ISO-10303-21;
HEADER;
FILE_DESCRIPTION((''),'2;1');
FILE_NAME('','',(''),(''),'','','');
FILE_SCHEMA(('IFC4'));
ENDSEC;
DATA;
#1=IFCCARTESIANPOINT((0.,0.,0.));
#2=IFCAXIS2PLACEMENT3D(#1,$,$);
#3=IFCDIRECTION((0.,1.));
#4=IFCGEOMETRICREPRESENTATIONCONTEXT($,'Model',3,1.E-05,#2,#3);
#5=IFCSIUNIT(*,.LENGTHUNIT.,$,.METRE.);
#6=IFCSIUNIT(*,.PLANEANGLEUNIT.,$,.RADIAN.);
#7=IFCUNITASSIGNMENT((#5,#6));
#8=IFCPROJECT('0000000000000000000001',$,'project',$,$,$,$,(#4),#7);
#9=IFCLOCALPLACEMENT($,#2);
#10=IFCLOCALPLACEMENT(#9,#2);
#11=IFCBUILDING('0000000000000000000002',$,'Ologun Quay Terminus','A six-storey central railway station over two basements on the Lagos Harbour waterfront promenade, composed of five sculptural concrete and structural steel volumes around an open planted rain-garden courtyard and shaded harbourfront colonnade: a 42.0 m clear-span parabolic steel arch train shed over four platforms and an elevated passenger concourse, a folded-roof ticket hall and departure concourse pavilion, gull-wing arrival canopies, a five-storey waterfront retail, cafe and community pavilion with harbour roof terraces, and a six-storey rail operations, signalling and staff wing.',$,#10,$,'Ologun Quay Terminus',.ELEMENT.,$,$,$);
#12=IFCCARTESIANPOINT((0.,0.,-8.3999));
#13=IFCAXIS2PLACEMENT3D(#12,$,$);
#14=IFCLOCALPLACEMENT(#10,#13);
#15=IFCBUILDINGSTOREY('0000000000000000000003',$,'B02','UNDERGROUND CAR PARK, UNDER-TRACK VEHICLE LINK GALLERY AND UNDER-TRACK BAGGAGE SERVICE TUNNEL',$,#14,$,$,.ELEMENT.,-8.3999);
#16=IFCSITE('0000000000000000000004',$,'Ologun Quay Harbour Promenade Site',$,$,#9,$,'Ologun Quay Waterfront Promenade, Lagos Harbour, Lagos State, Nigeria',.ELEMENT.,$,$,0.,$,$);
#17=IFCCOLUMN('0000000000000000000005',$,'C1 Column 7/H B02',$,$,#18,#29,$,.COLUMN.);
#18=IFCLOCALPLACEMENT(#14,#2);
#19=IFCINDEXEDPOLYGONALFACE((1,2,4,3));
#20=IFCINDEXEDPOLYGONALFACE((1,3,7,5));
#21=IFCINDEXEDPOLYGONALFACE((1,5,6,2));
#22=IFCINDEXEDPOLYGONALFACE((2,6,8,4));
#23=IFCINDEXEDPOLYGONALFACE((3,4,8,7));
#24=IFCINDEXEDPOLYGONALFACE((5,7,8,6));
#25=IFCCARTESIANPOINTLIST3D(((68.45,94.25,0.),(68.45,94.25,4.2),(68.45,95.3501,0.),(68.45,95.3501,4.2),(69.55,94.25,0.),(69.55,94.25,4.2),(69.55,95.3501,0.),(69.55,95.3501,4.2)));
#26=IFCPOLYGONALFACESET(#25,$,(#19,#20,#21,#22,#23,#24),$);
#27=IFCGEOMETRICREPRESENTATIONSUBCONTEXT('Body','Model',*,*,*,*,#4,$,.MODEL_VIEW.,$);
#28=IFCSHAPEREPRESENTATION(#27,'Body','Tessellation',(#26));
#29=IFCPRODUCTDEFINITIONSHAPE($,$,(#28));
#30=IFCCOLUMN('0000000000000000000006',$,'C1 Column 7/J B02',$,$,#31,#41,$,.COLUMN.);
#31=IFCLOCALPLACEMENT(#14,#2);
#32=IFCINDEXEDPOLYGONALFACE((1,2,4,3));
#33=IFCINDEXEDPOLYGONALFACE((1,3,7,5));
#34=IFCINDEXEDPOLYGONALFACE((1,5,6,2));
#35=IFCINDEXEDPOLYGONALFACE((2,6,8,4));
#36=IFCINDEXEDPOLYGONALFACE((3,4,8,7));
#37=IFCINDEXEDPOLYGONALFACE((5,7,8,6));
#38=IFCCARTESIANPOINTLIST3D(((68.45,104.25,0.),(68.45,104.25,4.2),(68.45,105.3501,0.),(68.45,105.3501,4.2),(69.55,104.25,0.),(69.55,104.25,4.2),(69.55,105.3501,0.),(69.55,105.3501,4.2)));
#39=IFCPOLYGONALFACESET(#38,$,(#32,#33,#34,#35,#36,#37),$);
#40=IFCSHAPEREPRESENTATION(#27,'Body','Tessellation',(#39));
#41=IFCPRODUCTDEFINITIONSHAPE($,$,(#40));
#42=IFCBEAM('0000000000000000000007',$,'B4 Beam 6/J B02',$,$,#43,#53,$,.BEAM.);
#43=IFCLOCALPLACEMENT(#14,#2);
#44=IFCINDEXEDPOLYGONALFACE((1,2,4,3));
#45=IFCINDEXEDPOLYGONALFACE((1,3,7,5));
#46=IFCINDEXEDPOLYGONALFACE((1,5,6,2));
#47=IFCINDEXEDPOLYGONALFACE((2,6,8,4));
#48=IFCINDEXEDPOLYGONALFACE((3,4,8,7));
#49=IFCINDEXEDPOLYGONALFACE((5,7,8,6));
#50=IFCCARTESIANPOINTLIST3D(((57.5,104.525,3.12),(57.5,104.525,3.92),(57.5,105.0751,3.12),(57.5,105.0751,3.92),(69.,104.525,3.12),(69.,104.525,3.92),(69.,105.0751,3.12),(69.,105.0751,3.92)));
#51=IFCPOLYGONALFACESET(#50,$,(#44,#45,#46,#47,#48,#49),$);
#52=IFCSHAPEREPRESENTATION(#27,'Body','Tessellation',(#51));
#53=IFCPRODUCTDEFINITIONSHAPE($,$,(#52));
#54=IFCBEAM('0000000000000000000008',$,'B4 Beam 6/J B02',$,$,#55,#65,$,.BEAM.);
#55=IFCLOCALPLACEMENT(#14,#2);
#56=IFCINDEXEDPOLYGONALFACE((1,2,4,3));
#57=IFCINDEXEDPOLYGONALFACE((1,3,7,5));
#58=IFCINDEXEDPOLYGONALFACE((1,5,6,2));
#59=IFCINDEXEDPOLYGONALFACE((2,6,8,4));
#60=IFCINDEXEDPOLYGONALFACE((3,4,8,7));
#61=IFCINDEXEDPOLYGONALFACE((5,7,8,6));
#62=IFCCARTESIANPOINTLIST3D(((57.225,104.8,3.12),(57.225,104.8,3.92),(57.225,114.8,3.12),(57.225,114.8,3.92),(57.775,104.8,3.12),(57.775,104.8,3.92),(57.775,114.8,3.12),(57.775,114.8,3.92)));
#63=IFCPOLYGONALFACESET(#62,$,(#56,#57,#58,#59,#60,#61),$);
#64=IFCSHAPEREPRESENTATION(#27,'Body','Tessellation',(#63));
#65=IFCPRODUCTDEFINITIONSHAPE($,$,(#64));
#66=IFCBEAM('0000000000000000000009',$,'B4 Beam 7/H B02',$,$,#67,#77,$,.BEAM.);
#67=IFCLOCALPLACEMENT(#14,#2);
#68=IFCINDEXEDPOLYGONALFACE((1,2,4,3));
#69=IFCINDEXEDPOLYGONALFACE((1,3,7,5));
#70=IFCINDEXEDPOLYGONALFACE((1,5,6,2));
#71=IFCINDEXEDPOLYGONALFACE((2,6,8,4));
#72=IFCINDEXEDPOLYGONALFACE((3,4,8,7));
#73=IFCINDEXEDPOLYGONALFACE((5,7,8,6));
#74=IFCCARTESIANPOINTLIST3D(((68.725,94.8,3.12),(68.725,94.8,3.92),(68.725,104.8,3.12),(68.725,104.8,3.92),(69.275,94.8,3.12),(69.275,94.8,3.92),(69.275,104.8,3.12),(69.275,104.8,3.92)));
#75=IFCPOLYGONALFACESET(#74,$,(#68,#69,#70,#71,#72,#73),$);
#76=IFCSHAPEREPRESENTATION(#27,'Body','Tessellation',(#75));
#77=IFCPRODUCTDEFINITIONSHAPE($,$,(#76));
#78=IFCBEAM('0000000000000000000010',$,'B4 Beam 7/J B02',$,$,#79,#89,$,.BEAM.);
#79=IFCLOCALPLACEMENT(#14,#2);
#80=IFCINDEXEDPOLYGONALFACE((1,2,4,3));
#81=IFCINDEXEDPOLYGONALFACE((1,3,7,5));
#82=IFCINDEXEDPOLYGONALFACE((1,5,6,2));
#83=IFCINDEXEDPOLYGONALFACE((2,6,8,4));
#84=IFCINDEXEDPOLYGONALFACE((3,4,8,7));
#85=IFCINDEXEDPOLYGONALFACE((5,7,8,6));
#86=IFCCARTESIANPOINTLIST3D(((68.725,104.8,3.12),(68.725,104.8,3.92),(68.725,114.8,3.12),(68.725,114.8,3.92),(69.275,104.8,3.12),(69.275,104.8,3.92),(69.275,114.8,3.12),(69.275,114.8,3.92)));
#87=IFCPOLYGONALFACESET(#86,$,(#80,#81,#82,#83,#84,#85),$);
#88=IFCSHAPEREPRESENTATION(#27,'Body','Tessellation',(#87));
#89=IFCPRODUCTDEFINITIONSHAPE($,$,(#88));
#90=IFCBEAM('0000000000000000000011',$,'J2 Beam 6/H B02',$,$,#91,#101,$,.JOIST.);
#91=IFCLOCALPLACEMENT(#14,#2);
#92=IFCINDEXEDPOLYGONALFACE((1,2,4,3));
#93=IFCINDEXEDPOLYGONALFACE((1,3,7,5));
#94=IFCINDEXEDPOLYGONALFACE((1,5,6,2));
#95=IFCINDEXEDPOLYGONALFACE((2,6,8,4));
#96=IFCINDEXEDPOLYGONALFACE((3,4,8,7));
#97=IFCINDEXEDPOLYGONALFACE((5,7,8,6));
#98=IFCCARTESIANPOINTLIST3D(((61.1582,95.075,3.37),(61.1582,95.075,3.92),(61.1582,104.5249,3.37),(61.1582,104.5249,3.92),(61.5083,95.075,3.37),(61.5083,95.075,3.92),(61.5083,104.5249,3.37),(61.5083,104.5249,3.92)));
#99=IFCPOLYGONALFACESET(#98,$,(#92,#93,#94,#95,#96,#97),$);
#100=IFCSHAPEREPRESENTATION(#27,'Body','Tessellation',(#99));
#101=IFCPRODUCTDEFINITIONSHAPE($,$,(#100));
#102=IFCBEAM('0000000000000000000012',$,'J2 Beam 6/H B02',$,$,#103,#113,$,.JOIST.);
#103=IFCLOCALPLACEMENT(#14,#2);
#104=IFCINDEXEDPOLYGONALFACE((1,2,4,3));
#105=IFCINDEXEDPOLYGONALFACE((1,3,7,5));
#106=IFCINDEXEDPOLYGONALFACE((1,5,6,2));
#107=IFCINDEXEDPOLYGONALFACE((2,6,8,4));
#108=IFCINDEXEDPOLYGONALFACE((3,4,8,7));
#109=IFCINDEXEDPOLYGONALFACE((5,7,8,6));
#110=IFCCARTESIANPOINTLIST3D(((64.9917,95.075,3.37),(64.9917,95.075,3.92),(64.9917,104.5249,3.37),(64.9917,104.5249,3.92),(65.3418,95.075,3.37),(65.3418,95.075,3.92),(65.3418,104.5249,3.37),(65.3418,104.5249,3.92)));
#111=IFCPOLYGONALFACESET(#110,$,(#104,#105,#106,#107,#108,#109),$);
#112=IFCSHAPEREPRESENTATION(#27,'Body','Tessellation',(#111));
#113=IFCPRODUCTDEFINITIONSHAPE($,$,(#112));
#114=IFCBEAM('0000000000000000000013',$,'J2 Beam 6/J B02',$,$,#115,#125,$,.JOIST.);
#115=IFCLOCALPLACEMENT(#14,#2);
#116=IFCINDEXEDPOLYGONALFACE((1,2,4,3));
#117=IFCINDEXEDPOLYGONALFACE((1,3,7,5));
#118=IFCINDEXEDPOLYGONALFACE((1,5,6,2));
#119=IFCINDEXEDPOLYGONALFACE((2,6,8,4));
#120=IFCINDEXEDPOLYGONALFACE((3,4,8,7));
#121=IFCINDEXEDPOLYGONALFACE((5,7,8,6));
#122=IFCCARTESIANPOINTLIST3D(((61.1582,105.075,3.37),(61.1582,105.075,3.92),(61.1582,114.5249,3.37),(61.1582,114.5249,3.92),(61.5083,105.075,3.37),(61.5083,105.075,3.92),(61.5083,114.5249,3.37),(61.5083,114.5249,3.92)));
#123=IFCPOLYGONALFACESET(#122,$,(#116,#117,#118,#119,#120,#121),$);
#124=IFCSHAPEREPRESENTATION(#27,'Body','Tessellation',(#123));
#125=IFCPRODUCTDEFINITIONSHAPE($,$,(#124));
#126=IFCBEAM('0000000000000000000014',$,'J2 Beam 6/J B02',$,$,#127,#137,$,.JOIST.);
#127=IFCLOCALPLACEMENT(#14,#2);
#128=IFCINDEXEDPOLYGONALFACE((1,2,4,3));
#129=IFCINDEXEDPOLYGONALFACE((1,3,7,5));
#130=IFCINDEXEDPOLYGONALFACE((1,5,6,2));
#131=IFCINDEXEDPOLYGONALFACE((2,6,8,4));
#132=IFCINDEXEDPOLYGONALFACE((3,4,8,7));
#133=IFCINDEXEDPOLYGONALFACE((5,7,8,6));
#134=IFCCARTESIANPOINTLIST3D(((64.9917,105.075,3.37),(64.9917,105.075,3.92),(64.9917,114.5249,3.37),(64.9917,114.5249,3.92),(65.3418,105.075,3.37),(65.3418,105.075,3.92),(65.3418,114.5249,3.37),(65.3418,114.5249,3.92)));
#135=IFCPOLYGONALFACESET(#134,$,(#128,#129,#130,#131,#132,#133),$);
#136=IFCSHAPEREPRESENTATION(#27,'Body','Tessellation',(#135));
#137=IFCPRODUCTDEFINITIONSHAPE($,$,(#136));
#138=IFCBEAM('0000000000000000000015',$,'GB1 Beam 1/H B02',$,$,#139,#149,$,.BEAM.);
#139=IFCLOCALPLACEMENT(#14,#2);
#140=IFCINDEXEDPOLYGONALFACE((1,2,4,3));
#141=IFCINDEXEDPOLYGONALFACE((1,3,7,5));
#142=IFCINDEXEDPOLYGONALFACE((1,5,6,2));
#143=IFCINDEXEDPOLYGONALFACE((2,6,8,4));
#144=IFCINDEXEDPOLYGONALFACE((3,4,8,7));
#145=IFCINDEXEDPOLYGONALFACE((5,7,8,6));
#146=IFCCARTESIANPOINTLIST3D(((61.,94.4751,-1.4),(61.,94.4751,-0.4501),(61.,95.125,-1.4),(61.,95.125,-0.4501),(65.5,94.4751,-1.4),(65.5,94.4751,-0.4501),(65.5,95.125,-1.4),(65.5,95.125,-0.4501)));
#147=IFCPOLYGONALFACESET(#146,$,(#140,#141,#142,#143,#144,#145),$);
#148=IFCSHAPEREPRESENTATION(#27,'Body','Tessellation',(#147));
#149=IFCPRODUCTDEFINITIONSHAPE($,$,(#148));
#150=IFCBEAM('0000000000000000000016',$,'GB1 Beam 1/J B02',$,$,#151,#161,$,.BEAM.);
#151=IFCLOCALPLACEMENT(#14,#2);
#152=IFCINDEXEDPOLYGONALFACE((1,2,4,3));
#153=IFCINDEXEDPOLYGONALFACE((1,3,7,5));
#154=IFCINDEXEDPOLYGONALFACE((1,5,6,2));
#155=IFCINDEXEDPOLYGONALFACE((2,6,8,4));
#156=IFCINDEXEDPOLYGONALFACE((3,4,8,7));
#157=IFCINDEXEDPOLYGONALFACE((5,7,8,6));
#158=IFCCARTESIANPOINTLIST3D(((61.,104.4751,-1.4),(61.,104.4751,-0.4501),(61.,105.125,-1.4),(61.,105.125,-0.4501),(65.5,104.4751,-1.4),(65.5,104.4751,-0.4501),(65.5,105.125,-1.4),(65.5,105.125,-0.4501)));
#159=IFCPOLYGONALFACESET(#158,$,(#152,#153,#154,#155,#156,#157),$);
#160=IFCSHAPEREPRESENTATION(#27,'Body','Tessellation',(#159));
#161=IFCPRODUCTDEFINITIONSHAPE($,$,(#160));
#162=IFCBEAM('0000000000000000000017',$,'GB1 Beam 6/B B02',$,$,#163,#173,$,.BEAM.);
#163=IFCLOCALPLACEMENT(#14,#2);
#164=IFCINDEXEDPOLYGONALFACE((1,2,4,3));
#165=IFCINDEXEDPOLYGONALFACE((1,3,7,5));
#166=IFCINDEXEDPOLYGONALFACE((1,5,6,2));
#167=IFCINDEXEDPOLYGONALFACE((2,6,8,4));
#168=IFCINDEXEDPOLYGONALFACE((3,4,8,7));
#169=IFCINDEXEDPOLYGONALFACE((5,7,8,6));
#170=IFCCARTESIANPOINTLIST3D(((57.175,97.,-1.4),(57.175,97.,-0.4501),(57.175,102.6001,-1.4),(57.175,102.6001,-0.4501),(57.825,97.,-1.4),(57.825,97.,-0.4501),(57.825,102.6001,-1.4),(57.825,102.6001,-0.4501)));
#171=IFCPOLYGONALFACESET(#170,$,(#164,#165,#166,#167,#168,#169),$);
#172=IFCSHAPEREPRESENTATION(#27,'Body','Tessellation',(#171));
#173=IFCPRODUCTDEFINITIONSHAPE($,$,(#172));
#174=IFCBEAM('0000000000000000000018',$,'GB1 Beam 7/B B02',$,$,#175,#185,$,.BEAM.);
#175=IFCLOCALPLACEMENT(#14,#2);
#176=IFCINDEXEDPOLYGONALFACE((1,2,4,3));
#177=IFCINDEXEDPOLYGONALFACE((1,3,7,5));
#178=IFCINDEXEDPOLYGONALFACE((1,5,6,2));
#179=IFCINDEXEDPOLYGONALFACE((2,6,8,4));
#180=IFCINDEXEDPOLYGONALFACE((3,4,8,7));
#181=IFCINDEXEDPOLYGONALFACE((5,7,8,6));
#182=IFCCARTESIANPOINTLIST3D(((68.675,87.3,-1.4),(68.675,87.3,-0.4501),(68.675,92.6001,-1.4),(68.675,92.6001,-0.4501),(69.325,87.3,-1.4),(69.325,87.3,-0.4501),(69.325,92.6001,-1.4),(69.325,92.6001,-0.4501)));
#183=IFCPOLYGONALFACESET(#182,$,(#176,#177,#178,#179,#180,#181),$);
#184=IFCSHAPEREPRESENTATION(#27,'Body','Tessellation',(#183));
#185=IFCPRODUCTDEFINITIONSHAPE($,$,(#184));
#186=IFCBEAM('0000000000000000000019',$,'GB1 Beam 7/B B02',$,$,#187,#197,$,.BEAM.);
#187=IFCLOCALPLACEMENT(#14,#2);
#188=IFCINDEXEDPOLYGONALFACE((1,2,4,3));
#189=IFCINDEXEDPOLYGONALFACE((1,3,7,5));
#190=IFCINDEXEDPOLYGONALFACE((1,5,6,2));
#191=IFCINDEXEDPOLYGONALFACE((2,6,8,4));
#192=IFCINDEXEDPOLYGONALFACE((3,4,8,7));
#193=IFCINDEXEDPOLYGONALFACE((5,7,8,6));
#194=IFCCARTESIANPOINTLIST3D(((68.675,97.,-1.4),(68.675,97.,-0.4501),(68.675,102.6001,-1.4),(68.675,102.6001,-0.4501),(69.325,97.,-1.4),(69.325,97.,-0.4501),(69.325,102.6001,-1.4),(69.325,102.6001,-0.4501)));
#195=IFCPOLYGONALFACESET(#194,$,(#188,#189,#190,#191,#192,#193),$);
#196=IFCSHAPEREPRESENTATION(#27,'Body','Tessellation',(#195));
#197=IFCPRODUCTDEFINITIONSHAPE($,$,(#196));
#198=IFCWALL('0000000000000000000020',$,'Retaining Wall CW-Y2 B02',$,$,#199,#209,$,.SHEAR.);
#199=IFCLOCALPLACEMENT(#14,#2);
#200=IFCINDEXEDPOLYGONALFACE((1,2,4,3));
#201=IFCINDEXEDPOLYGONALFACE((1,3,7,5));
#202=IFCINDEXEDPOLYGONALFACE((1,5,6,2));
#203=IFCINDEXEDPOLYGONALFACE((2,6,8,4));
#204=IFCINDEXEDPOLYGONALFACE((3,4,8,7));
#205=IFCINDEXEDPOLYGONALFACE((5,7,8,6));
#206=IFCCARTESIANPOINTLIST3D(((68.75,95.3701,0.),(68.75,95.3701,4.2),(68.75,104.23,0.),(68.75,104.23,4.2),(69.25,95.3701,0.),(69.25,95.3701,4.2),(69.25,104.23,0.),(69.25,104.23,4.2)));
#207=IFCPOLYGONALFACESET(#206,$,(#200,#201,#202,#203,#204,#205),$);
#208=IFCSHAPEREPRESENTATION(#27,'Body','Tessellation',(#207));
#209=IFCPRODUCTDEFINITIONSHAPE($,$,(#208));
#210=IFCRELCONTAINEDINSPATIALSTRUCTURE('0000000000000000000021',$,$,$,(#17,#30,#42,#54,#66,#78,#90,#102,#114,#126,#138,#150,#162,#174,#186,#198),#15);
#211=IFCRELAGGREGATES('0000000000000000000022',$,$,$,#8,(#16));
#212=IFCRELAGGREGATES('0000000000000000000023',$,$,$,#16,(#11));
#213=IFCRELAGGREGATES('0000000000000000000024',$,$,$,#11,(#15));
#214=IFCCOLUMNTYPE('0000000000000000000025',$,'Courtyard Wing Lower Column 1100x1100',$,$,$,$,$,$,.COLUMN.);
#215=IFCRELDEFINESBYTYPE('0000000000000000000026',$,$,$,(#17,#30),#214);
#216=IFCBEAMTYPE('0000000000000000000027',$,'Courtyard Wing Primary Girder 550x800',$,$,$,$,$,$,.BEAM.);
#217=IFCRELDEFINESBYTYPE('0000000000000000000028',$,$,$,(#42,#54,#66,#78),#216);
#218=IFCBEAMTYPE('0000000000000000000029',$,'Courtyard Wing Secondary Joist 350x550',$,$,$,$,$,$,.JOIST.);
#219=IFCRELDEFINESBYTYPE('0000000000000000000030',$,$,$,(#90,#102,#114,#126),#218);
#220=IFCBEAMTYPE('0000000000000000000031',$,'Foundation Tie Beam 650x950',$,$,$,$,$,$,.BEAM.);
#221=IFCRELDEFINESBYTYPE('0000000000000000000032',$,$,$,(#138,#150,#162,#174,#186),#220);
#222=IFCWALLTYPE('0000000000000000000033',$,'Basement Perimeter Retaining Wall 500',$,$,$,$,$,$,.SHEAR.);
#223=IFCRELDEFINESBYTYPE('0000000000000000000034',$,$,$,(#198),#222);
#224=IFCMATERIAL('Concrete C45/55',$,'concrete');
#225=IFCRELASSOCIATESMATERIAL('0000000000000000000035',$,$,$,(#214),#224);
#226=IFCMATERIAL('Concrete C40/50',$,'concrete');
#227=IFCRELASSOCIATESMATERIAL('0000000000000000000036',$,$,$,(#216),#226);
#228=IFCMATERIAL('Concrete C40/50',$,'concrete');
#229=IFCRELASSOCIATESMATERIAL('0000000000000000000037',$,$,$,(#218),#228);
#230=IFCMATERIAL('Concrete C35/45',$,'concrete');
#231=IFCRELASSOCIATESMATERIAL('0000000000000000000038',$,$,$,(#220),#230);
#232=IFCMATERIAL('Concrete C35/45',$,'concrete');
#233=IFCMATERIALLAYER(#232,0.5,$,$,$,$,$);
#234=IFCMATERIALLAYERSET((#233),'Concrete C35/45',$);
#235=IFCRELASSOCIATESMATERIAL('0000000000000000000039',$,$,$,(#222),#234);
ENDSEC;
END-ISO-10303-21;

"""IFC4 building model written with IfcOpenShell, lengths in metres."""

from ifc_helpers import new_model, si_unit, direction, frame, frame_2d, origin, origin_2d, place, context, subcontext, project, spatial, rectangle, extrude, material, layer, layer_set, material_profile, profile_set, type_object, element, save


model = new_model("IFC4")

# Units and contexts
model_context = context("Model", 3, precision=1e-05, world=origin(), true_north=direction((0.0, 1.0)))
body_context = subcontext(model_context, "Body", "Model", "MODEL_VIEW")
ifc_project = project(units=[si_unit("LENGTHUNIT", "METRE"), si_unit("PLANEANGLEUNIT", "RADIAN")], contexts=[model_context])

# Site, building, storey
site_placement = place(None, origin())
site = spatial("IfcSite", under=ifc_project, at=site_placement, Name="Ologun Quay Harbour Promenade Site", LongName="Ologun Quay Waterfront Promenade, Lagos Harbour, Lagos State, Nigeria", CompositionType="ELEMENT", RefElevation=0.0)
building_placement = place(site_placement, origin())
building = spatial("IfcBuilding", under=site, at=building_placement, Name="Ologun Quay Terminus", Description="A six-storey central railway station over two basements on the Lagos Harbour waterfront promenade, composed of five sculptural concrete and structural steel volumes around an open planted rain-garden courtyard and shaded harbourfront colonnade: a 42.0 m clear-span parabolic steel arch train shed over four platforms and an elevated passenger concourse, a folded-roof ticket hall and departure concourse pavilion, gull-wing arrival canopies, a five-storey waterfront retail, cafe and community pavilion with harbour roof terraces, and a six-storey rail operations, signalling and staff wing.", LongName="Ologun Quay Terminus", CompositionType="ELEMENT")
storey_placement = place(building_placement, frame((0.0, 0.0, -8.3999)))
storey = spatial("IfcBuildingStorey", under=building, at=storey_placement, Name="B02", Description="UNDERGROUND CAR PARK, UNDER-TRACK VEHICLE LINK GALLERY AND UNDER-TRACK BAGGAGE SERVICE TUNNEL", CompositionType="ELEMENT", Elevation=-8.3999)

# Columns
ifc_material_1 = material(Name="Concrete C45/55", Category="concrete")
ifc_material_profile_1 = material_profile(ifc_material_1, rectangle(XDim=1.1001, YDim=1.1001, at=origin_2d()), Name="RC 1100x1100")
ifc_profile_set_1 = profile_set([ifc_material_profile_1], Name="Concrete C45/55")
column_type = type_object("IfcColumnType", Name="Courtyard Wing Lower Column 1100x1100", PredefinedType="COLUMN", material=ifc_profile_set_1)
for number, where, z_axis, x_axis, name in (
    (1, (69.0, 94.8, 0.0), (0.0, 0.0, 1.0), (1.0, 0.0, 0.0), "C1 Column 7/H B02"),
    (2, (69.0, 104.8, 0.0), (0.0, 0.0, 1.0), (1.0, 0.0, 0.0), "C1 Column 7/J B02"),
):
    element("IfcColumn", number, at=place(storey_placement, frame(where, z_axis=z_axis, x_axis=x_axis)), inside=storey, type_object=column_type, Name=name, PredefinedType="COLUMN", context=body_context, shape_type="SweptSolid", body=[
        extrude(rectangle(XDim=1.1001, YDim=1.1001, at=origin_2d()), origin(), (0.0, 0.0, 1.0), 4.2),
    ])

# Beams
ifc_material_2 = material(Name="Concrete C40/50", Category="concrete")
ifc_material_profile_2 = material_profile(ifc_material_2, rectangle(XDim=0.55, YDim=0.8, at=origin_2d()), Name="RC 550x800")
ifc_profile_set_2 = profile_set([ifc_material_profile_2], Name="Concrete C40/50")
beam_type_1 = type_object("IfcBeamType", Name="Courtyard Wing Primary Girder 550x800", PredefinedType="BEAM", material=ifc_profile_set_2)
beam_1_placement = place(storey_placement, frame((57.5, 104.8, 3.52), z_axis=(1.0, 0.0, 0.0), x_axis=(0.0, 1.0, 0.0)))
element("IfcBeam", 3, at=beam_1_placement, inside=storey, type_object=beam_type_1, Name="B4 Beam 6/J B02", PredefinedType="BEAM", context=body_context, shape_type="SweptSolid", body=[
    extrude(rectangle(XDim=0.55, YDim=0.8, at=origin_2d()), origin(), (0.0, 0.0, 1.0), 11.5),
])
for number, where, z_axis, x_axis, name in (
    (4, (57.5, 104.8, 3.52), (0.0, 1.0, 0.0), (-1.0, 0.0, 0.0), "B4 Beam 6/J B02"),
    (5, (69.0, 94.8, 3.52), (0.0, 1.0, 0.0), (-1.0, 0.0, 0.0), "B4 Beam 7/H B02"),
    (6, (69.0, 104.8, 3.52), (0.0, 1.0, 0.0), (-1.0, 0.0, 0.0), "B4 Beam 7/J B02"),
):
    element("IfcBeam", number, at=place(storey_placement, frame(where, z_axis=z_axis, x_axis=x_axis)), inside=storey, type_object=beam_type_1, Name=name, PredefinedType="BEAM", context=body_context, shape_type="SweptSolid", body=[
        extrude(rectangle(XDim=0.55, YDim=0.8, at=origin_2d()), origin(), (0.0, 0.0, 1.0), 10.0),
    ])
ifc_material_3 = material(Name="Concrete C40/50", Category="concrete")
ifc_material_profile_3 = material_profile(ifc_material_3, rectangle(XDim=0.3501, YDim=0.55, at=origin_2d()), Name="RC 350x550")
ifc_profile_set_3 = profile_set([ifc_material_profile_3], Name="Concrete C40/50")
beam_type_2 = type_object("IfcBeamType", Name="Courtyard Wing Secondary Joist 350x550", PredefinedType="JOIST", material=ifc_profile_set_3)
for number, where, z_axis, x_axis, name in (
    (7, (61.3333, 95.075, 3.645), (0.0, 1.0, 0.0), (-1.0, 0.0, 0.0), "J2 Beam 6/H B02"),
    (8, (65.1667, 95.075, 3.645), (0.0, 1.0, 0.0), (-1.0, 0.0, 0.0), "J2 Beam 6/H B02"),
    (9, (61.3333, 105.075, 3.645), (0.0, 1.0, 0.0), (-1.0, 0.0, 0.0), "J2 Beam 6/J B02"),
    (10, (65.1667, 105.075, 3.645), (0.0, 1.0, 0.0), (-1.0, 0.0, 0.0), "J2 Beam 6/J B02"),
):
    element("IfcBeam", number, at=place(storey_placement, frame(where, z_axis=z_axis, x_axis=x_axis)), inside=storey, type_object=beam_type_2, Name=name, PredefinedType="JOIST", context=body_context, shape_type="SweptSolid", body=[
        extrude(rectangle(XDim=0.3501, YDim=0.55, at=origin_2d()), origin(), (0.0, 0.0, 1.0), 9.45),
    ])
ifc_material_4 = material(Name="Concrete C35/45", Category="concrete")
ifc_material_profile_4 = material_profile(ifc_material_4, rectangle(XDim=0.6499, YDim=0.95, at=origin_2d()), Name="RC 650x950")
ifc_profile_set_4 = profile_set([ifc_material_profile_4], Name="Concrete C35/45")
beam_type_3 = type_object("IfcBeamType", Name="Foundation Tie Beam 650x950", PredefinedType="BEAM", material=ifc_profile_set_4)
for number, where, z_axis, x_axis, name in (
    (11, (61.0, 94.8, -0.925), (1.0, 0.0, 0.0), (0.0, 1.0, 0.0), "GB1 Beam 1/H B02"),
    (12, (61.0, 104.8, -0.925), (1.0, 0.0, 0.0), (0.0, 1.0, 0.0), "GB1 Beam 1/J B02"),
):
    element("IfcBeam", number, at=place(storey_placement, frame(where, z_axis=z_axis, x_axis=x_axis)), inside=storey, type_object=beam_type_3, Name=name, PredefinedType="BEAM", context=body_context, shape_type="SweptSolid", body=[
        extrude(rectangle(XDim=0.6499, YDim=0.95, at=origin_2d()), origin(), (0.0, 0.0, 1.0), 4.5),
    ])
beam_2_placement = place(storey_placement, frame((57.5, 97.0, -0.925), z_axis=(0.0, 1.0, 0.0), x_axis=(-1.0, 0.0, 0.0)))
element("IfcBeam", 13, at=beam_2_placement, inside=storey, type_object=beam_type_3, Name="GB1 Beam 6/B B02", PredefinedType="BEAM", context=body_context, shape_type="SweptSolid", body=[
    extrude(rectangle(XDim=0.6499, YDim=0.95, at=origin_2d()), origin(), (0.0, 0.0, 1.0), 5.6001),
])
beam_3_placement = place(storey_placement, frame((69.0, 87.3, -0.925), z_axis=(0.0, 1.0, 0.0), x_axis=(-1.0, 0.0, 0.0)))
element("IfcBeam", 14, at=beam_3_placement, inside=storey, type_object=beam_type_3, Name="GB1 Beam 7/B B02", PredefinedType="BEAM", context=body_context, shape_type="SweptSolid", body=[
    extrude(rectangle(XDim=0.6499, YDim=0.95, at=origin_2d()), origin(), (0.0, 0.0, 1.0), 5.3),
])
beam_4_placement = place(storey_placement, frame((69.0, 97.0, -0.925), z_axis=(0.0, 1.0, 0.0), x_axis=(-1.0, 0.0, 0.0)))
element("IfcBeam", 15, at=beam_4_placement, inside=storey, type_object=beam_type_3, Name="GB1 Beam 7/B B02", PredefinedType="BEAM", context=body_context, shape_type="SweptSolid", body=[
    extrude(rectangle(XDim=0.6499, YDim=0.95, at=origin_2d()), origin(), (0.0, 0.0, 1.0), 5.6001),
])

# Wall
ifc_material_5 = material(Name="Concrete C35/45", Category="concrete")
ifc_layer = layer(ifc_material_5, 0.5)
ifc_layer_set = layer_set([ifc_layer], Name="Concrete C35/45")
wall_type = type_object("IfcWallType", Name="Basement Perimeter Retaining Wall 500", PredefinedType="SHEAR", material=ifc_layer_set)
for number, where, z_axis, x_axis, name in (
    (16, (69.0, 95.3701, 0.0), (0.0, 0.0, 1.0), (0.0, 1.0, 0.0), "Retaining Wall CW-Y2 B02"),
):
    element("IfcWall", number, at=place(storey_placement, frame(where, z_axis=z_axis, x_axis=x_axis)), inside=storey, type_object=wall_type, Name=name, PredefinedType="SHEAR", context=body_context, shape_type="SweptSolid", body=[
        extrude(rectangle(XDim=8.8599, YDim=0.5, at=frame_2d((4.4299, 0.0))), origin(), (0.0, 0.0, 1.0), 4.2),
    ])

save(model, "model.ifc")
